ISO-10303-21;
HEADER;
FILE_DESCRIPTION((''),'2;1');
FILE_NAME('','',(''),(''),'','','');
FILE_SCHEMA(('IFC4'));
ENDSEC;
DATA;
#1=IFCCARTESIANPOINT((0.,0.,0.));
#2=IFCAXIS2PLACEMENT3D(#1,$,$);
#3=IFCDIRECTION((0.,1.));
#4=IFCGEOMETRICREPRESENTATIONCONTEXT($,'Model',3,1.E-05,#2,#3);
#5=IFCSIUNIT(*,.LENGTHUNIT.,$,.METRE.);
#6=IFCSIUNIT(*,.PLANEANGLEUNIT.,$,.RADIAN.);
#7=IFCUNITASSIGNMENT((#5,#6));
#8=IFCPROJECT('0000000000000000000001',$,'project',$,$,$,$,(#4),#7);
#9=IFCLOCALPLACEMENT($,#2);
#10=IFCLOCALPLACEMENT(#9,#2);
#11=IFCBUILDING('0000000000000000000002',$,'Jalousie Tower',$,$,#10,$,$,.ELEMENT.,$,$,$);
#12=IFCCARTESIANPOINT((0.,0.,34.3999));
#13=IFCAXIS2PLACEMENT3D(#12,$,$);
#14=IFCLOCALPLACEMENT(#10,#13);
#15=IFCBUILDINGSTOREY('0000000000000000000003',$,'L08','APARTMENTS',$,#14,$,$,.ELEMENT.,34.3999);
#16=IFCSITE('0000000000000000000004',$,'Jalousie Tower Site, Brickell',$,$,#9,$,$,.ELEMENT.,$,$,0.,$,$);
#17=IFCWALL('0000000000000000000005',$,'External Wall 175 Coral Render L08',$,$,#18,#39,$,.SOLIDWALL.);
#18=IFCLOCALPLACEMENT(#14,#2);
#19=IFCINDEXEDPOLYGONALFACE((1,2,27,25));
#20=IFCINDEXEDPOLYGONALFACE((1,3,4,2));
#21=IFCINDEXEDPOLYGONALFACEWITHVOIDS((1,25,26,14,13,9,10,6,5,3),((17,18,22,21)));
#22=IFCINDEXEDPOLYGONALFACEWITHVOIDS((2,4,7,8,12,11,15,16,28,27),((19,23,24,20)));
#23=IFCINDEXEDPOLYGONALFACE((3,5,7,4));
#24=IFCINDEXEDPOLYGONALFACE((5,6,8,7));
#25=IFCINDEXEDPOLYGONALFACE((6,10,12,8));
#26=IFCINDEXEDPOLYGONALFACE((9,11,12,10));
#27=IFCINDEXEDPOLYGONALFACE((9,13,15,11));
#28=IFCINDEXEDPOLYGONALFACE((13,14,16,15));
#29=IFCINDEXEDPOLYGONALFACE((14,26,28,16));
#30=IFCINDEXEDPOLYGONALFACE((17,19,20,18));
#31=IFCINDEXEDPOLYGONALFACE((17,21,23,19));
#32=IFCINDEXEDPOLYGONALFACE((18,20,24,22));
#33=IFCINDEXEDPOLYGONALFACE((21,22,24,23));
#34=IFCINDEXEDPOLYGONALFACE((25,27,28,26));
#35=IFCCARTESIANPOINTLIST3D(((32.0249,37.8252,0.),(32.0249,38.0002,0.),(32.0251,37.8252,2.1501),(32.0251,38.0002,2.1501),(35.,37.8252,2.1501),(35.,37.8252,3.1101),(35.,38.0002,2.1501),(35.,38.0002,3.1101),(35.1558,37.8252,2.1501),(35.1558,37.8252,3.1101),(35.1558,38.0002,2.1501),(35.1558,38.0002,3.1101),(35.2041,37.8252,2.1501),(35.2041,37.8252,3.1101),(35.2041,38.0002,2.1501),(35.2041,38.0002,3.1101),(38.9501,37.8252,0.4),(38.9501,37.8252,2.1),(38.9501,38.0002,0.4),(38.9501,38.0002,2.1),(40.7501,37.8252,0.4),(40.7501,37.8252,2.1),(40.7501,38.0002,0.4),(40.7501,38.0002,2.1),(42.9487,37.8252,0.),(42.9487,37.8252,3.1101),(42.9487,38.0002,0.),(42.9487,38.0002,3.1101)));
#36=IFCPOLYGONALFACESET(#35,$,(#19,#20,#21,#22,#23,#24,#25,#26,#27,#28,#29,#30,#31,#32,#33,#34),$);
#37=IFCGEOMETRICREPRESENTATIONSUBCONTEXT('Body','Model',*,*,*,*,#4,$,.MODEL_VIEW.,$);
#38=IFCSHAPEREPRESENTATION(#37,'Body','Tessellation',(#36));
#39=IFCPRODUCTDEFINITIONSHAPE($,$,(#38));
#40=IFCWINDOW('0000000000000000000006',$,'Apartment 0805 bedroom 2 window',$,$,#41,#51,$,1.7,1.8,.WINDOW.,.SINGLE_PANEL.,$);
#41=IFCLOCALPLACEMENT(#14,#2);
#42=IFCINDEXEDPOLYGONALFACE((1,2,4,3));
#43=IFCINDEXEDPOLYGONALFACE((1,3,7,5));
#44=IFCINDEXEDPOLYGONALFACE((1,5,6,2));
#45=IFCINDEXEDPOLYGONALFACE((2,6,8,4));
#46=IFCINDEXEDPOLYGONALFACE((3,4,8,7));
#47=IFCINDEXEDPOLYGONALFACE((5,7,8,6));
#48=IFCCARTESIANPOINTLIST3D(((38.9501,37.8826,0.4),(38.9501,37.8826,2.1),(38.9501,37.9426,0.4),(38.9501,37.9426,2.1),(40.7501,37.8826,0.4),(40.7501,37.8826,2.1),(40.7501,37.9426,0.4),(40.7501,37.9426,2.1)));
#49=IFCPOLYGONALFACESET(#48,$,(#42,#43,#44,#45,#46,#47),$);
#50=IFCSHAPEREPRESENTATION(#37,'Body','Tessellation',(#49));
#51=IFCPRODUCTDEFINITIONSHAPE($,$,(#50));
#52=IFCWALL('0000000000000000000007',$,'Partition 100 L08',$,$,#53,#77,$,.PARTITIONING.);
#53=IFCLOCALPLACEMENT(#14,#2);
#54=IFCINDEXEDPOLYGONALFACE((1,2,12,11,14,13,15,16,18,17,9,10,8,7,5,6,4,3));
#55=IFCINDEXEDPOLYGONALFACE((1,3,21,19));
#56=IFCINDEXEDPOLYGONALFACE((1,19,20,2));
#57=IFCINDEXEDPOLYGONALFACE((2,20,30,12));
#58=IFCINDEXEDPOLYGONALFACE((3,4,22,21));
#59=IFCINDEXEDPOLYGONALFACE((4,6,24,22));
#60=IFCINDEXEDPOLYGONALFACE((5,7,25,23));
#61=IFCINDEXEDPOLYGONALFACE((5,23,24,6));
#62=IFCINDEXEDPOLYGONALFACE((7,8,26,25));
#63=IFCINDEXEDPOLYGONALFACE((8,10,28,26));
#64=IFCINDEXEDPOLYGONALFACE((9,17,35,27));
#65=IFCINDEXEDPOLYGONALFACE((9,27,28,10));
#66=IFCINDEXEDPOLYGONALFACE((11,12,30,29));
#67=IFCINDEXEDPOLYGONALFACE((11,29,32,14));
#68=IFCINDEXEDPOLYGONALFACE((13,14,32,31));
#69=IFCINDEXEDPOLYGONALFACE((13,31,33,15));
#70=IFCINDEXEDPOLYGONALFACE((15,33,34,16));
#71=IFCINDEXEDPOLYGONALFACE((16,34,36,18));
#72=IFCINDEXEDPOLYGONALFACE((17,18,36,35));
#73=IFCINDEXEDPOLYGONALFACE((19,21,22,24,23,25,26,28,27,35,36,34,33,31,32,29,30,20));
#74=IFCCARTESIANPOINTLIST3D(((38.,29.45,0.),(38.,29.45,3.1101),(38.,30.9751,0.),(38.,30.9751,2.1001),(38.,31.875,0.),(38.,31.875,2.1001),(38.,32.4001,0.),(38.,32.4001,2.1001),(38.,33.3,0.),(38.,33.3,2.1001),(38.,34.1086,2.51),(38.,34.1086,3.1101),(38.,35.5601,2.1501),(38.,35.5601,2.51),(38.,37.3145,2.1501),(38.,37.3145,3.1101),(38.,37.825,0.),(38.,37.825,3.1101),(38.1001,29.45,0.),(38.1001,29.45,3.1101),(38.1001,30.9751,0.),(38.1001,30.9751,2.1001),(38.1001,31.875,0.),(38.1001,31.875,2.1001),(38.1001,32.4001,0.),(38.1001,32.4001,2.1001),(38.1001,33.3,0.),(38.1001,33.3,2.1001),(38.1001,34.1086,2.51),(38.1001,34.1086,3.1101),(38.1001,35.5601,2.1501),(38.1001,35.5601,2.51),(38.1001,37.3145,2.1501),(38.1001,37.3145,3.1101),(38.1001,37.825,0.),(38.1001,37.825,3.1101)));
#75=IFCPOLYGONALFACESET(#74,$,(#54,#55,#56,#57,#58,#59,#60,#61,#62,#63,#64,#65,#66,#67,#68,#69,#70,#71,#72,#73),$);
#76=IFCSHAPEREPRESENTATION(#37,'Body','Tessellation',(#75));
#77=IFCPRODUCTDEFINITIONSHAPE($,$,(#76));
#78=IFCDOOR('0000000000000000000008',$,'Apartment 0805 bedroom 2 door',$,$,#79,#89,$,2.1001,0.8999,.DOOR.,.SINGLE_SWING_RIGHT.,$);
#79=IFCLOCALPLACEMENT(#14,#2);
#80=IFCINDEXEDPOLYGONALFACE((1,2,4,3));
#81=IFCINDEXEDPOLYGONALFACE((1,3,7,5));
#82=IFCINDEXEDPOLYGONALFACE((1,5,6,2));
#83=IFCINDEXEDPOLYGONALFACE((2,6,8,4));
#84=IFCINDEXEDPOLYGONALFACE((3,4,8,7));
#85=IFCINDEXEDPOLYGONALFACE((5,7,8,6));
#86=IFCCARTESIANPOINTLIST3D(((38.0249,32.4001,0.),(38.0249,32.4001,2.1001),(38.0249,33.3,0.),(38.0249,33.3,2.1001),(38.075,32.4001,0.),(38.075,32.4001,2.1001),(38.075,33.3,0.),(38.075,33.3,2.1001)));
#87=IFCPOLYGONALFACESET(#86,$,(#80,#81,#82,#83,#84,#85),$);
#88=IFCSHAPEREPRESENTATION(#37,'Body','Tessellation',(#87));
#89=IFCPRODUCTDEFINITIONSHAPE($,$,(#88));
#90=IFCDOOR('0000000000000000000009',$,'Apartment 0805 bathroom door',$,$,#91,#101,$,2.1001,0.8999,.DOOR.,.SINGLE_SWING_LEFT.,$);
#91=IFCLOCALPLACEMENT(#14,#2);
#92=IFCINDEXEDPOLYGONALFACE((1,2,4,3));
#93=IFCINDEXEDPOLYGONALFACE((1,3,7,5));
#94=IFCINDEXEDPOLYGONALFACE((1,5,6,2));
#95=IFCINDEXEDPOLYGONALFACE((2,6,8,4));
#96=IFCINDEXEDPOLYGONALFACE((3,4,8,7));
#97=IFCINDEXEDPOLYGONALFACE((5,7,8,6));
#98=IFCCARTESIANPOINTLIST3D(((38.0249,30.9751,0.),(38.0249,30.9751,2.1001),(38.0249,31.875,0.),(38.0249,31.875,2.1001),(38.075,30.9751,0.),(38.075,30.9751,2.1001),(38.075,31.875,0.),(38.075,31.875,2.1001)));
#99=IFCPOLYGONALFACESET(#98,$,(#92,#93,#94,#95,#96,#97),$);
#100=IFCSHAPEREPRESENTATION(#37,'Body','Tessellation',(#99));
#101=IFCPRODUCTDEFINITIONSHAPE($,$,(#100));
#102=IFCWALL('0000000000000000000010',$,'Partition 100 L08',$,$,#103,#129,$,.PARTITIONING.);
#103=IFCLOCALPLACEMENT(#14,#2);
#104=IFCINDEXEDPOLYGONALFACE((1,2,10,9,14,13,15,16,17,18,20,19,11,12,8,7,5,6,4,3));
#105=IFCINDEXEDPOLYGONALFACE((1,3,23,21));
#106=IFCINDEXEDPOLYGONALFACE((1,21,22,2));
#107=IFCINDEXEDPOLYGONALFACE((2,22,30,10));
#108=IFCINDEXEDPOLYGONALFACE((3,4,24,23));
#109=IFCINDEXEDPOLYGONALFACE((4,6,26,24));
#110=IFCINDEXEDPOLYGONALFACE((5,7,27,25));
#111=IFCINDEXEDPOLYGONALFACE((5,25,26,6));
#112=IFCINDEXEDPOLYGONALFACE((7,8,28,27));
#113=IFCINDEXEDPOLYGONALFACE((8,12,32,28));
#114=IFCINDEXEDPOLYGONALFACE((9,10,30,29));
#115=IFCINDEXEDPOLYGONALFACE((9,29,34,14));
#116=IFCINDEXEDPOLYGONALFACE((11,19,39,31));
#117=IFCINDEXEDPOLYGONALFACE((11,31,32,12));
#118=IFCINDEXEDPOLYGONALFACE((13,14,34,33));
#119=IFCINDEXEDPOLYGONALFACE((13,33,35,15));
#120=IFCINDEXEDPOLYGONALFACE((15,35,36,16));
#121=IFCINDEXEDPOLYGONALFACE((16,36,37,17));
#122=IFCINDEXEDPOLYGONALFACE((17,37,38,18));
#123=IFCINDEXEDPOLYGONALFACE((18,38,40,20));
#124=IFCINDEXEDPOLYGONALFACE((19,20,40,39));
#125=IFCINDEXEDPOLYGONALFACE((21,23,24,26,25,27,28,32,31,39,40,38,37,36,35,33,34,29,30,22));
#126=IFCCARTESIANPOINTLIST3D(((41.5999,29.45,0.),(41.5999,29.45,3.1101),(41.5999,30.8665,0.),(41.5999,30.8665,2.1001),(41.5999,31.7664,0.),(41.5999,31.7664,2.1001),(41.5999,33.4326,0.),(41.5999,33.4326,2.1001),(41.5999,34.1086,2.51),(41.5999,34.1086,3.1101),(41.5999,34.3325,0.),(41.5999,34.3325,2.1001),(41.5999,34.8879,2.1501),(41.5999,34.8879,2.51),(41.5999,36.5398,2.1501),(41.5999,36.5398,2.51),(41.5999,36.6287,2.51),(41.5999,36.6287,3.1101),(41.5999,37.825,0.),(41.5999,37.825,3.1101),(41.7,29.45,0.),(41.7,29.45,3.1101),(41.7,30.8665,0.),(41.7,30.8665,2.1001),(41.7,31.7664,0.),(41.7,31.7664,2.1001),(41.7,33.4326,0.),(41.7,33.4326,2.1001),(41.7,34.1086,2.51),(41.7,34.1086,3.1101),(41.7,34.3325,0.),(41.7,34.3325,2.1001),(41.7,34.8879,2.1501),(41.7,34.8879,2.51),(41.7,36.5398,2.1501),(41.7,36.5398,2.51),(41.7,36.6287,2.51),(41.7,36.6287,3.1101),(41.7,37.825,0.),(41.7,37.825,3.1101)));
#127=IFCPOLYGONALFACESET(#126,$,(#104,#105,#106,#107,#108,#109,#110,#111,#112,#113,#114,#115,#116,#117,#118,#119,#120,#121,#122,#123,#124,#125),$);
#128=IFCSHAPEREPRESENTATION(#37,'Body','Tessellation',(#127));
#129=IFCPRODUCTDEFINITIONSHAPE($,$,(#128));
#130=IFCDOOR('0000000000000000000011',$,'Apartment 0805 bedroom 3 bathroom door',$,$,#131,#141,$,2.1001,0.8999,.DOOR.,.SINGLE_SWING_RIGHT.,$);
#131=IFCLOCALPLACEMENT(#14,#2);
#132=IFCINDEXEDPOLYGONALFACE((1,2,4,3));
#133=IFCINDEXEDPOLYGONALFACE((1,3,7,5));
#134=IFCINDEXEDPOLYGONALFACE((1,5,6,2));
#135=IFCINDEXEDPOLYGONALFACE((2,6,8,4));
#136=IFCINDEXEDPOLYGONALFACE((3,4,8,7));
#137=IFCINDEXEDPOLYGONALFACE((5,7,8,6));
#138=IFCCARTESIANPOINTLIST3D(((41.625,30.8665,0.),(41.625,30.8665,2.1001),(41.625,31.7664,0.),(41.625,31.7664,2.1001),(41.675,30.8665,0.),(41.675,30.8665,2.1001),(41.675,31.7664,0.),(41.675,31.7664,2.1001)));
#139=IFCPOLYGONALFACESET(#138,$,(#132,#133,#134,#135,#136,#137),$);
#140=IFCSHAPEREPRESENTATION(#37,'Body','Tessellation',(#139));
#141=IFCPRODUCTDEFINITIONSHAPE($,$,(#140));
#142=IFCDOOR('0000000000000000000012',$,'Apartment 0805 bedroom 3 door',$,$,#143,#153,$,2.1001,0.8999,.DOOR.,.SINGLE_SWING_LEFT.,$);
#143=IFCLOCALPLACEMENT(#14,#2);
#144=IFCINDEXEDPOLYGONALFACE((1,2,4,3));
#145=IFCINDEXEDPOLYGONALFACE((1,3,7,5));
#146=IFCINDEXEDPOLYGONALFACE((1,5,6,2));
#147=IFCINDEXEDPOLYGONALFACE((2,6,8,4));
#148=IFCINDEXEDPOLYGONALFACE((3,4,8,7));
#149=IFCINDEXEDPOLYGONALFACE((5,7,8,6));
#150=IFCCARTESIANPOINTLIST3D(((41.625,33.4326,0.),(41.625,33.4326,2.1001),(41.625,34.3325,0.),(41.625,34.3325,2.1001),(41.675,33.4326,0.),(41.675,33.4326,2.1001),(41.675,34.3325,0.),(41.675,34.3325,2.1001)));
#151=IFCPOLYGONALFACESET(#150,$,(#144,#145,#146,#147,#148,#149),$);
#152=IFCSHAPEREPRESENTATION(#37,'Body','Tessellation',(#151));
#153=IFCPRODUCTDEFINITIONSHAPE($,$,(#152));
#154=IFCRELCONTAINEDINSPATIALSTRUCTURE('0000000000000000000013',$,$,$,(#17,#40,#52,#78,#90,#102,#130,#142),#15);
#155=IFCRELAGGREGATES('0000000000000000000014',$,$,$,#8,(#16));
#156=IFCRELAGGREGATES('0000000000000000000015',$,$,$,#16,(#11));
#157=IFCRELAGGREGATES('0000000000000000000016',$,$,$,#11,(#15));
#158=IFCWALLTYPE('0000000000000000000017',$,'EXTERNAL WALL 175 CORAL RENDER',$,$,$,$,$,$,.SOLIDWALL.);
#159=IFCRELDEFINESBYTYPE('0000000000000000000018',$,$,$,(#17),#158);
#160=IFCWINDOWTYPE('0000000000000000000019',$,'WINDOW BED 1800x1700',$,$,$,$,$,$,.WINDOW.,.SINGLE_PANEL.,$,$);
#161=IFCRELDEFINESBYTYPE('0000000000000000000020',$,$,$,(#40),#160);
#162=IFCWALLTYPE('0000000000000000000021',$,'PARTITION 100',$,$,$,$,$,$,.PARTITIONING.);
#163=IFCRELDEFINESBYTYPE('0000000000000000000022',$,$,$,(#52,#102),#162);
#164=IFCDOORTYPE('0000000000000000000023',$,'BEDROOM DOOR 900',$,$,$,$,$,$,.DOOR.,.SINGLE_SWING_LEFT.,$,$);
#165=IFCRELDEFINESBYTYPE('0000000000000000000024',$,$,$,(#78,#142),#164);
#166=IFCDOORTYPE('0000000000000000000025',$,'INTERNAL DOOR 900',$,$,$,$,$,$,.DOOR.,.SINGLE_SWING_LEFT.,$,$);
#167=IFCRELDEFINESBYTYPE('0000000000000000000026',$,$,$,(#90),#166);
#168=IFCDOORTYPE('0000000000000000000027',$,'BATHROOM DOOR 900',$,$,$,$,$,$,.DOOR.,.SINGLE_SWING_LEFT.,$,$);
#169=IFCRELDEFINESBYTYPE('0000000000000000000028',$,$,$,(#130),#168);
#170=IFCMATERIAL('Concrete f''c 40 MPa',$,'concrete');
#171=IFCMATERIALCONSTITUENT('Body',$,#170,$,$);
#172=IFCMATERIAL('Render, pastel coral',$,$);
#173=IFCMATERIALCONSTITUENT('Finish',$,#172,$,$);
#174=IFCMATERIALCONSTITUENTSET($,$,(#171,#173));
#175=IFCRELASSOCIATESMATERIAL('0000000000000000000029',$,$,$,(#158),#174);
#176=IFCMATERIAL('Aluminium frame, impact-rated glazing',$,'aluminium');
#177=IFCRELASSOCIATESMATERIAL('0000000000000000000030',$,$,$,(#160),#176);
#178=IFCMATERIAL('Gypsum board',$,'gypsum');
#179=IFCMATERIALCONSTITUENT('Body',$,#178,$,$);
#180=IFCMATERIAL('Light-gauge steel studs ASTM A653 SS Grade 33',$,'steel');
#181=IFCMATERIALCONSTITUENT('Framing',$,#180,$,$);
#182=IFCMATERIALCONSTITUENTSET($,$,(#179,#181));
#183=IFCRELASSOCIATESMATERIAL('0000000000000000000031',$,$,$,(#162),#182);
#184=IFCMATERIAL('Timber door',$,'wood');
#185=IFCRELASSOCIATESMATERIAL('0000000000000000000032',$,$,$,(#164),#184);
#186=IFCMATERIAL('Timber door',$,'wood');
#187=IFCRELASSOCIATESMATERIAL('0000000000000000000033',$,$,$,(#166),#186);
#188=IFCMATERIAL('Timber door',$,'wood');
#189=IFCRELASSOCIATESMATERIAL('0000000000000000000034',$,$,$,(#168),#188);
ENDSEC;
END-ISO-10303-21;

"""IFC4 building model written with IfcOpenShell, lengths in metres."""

from ifc_helpers import new_model, si_unit, direction, frame, frame_2d, origin, place, context, subcontext, project, spatial, polyline, rectangle, outline, extrude, material, constituent, constituent_set, type_object, element, fill, save


model = new_model("IFC4")

# Units and contexts
model_context = context("Model", 3, precision=1e-05, world=origin(), true_north=direction((0.0, 1.0)))
body_context = subcontext(model_context, "Body", "Model", "MODEL_VIEW")
ifc_project = project(units=[si_unit("LENGTHUNIT", "METRE"), si_unit("PLANEANGLEUNIT", "RADIAN")], contexts=[model_context])

# Site, building, storey
site_placement = place(None, origin())
site = spatial("IfcSite", under=ifc_project, at=site_placement, Name="Jalousie Tower Site, Brickell", CompositionType="ELEMENT", RefElevation=0.0)
building_placement = place(site_placement, origin())
building = spatial("IfcBuilding", under=site, at=building_placement, Name="Jalousie Tower", CompositionType="ELEMENT")
storey_placement = place(building_placement, frame((0.0, 0.0, 34.3999)))
storey = spatial("IfcBuildingStorey", under=building, at=storey_placement, Name="L08", Description="APARTMENTS", CompositionType="ELEMENT", Elevation=34.3999)

# Wall, opening, window
ifc_material_1 = material(Name="Concrete f'c 40 MPa", Category="concrete")
ifc_constituent_1 = constituent(ifc_material_1, Name="Body")
ifc_material_2 = material(Name="Render, pastel coral")
ifc_constituent_2 = constituent(ifc_material_2, Name="Finish")
ifc_constituent_set_1 = constituent_set(constituents=[ifc_constituent_1, ifc_constituent_2])
wall_type_1 = type_object("IfcWallType", Name="EXTERNAL WALL 175 CORAL RENDER", PredefinedType="SOLIDWALL", material=ifc_constituent_set_1)
wall_1_placement = place(storey_placement, frame((42.9487, 37.9126, 0.0), z_axis=(0.0, 0.0, 1.0), x_axis=(-1.0, 0.0, 0.0)))
wall_1 = element("IfcWall", 1, at=wall_1_placement, inside=storey, type_object=wall_type_1, Name="External Wall 175 Coral Render L08", PredefinedType="SOLIDWALL", context=body_context, shape_type="SweptSolid", body=[
    extrude(outline(polyline([(0.0, 0.0), (10.9238, 0.0), (10.9236, 2.1501), (7.9487, 2.1501), (7.9487, 3.1101), (7.793, 3.1101), (7.793, 2.1501), (7.7446, 2.1501), (7.7446, 3.1101), (0.0, 3.1101), (0.0, 0.0)])), frame((0.0, 0.0874, 0.0), z_axis=(0.0, -1.0, 0.0), x_axis=(1.0, 0.0, 0.0)), (0.0, 0.0, 1.0), 0.175),
])
opening_1_placement = place(wall_1_placement, frame((2.1987, 0.0, 0.3999)))
opening_1 = element("IfcOpeningElement", 2, at=opening_1_placement, cuts=wall_1, PredefinedType="OPENING", context=body_context, shape_type="SweptSolid", body=[
    extrude(rectangle(XDim=1.8, YDim=1.7, at=frame_2d((0.8999, 0.8501))), frame((0.0, 0.0974, 0.0), z_axis=(0.0, -1.0, 0.0), x_axis=(1.0, 0.0, 0.0)), (0.0, 0.0, 1.0), 0.1951),
])
ifc_material_3 = material(Name="Aluminium frame, impact-rated glazing", Category="aluminium")
window_type = type_object("IfcWindowType", Name="WINDOW BED 1800x1700", PartitioningType="SINGLE_PANEL", PredefinedType="WINDOW", material=ifc_material_3)
window_placement = place(opening_1_placement, origin())
window = element("IfcWindow", 3, at=window_placement, inside=storey, type_object=window_type, Name="Apartment 0805 bedroom 2 window", OverallHeight=1.7, OverallWidth=1.8, PartitioningType="SINGLE_PANEL", PredefinedType="WINDOW", context=body_context, shape_type="SweptSolid", body=[
    extrude(rectangle(XDim=1.8, YDim=1.7, at=frame_2d((0.8999, 0.8501))), frame((0.0, 0.03, 0.0), z_axis=(0.0, -1.0, 0.0), x_axis=(1.0, 0.0, 0.0)), (0.0, 0.0, 1.0), 0.0601),
])
fill(opening_1, window)

# Walls, openings, doors
ifc_material_4 = material(Name="Gypsum board", Category="gypsum")
ifc_constituent_3 = constituent(ifc_material_4, Name="Body")
ifc_material_5 = material(Name="Light-gauge steel studs ASTM A653 SS Grade 33", Category="steel")
ifc_constituent_4 = constituent(ifc_material_5, Name="Framing")
ifc_constituent_set_2 = constituent_set(constituents=[ifc_constituent_3, ifc_constituent_4])
wall_type_2 = type_object("IfcWallType", Name="PARTITION 100", PredefinedType="PARTITIONING", material=ifc_constituent_set_2)
wall_2_placement = place(storey_placement, frame((38.05, 37.825, 0.0), z_axis=(0.0, 0.0, 1.0), x_axis=(0.0, -1.0, 0.0)))
wall_2 = element("IfcWall", 4, at=wall_2_placement, inside=storey, type_object=wall_type_2, Name="Partition 100 L08", PredefinedType="PARTITIONING", context=body_context, shape_type="SweptSolid", body=[
    extrude(outline(polyline([(0.0, 0.0), (8.375, 0.0), (8.375, 3.1101), (3.7163, 3.1101), (3.7163, 2.51), (2.2649, 2.51), (2.2649, 2.1501), (0.5105, 2.1501), (0.5105, 3.1101), (0.0, 3.1101), (0.0, 0.0)])), frame((0.0, 0.05, 0.0), z_axis=(0.0, -1.0, 0.0), x_axis=(1.0, 0.0, 0.0)), (0.0, 0.0, 1.0), 0.1001),
])
opening_2_placement = place(wall_2_placement, frame((4.5249, 0.0, 0.0)))
opening_2 = element("IfcOpeningElement", 5, at=opening_2_placement, cuts=wall_2, PredefinedType="OPENING", context=body_context, shape_type="SweptSolid", body=[
    extrude(rectangle(XDim=0.8999, YDim=2.1001, at=frame_2d((0.45, 1.05))), frame((0.0, 0.0601, 0.0), z_axis=(0.0, -1.0, 0.0), x_axis=(1.0, 0.0, 0.0)), (0.0, 0.0, 1.0), 0.1201),
])
opening_3_placement = place(wall_2_placement, frame((5.95, 0.0, 0.0)))
opening_3 = element("IfcOpeningElement", 6, at=opening_3_placement, cuts=wall_2, PredefinedType="OPENING", context=body_context, shape_type="SweptSolid", body=[
    extrude(rectangle(XDim=0.8999, YDim=2.1001, at=frame_2d((0.45, 1.05))), frame((0.0, 0.0601, 0.0), z_axis=(0.0, -1.0, 0.0), x_axis=(1.0, 0.0, 0.0)), (0.0, 0.0, 1.0), 0.1201),
])
ifc_material_6 = material(Name="Timber door", Category="wood")
door_type_1 = type_object("IfcDoorType", Name="BEDROOM DOOR 900", OperationType="SINGLE_SWING_LEFT", PredefinedType="DOOR", material=ifc_material_6)
door_1_placement = place(opening_2_placement, origin())
door_1 = element("IfcDoor", 7, at=door_1_placement, inside=storey, type_object=door_type_1, Name="Apartment 0805 bedroom 2 door", OperationType="SINGLE_SWING_RIGHT", OverallHeight=2.1001, OverallWidth=0.8999, PredefinedType="DOOR", context=body_context, shape_type="SweptSolid", body=[
    extrude(rectangle(XDim=0.8999, YDim=2.1001, at=frame_2d((0.45, 1.05))), frame((0.0, 0.0249, 0.0), z_axis=(0.0, -1.0, 0.0), x_axis=(1.0, 0.0, 0.0)), (0.0, 0.0, 1.0), 0.05),
])
fill(opening_2, door_1)
ifc_material_7 = material(Name="Timber door", Category="wood")
door_type_2 = type_object("IfcDoorType", Name="INTERNAL DOOR 900", OperationType="SINGLE_SWING_LEFT", PredefinedType="DOOR", material=ifc_material_7)
door_2_placement = place(opening_3_placement, origin())
door_2 = element("IfcDoor", 8, at=door_2_placement, inside=storey, type_object=door_type_2, Name="Apartment 0805 bathroom door", OperationType="SINGLE_SWING_LEFT", OverallHeight=2.1001, OverallWidth=0.8999, PredefinedType="DOOR", context=body_context, shape_type="SweptSolid", body=[
    extrude(rectangle(XDim=0.8999, YDim=2.1001, at=frame_2d((0.45, 1.05))), frame((0.0, 0.0249, 0.0), z_axis=(0.0, -1.0, 0.0), x_axis=(1.0, 0.0, 0.0)), (0.0, 0.0, 1.0), 0.05),
])
fill(opening_3, door_2)
wall_3_placement = place(storey_placement, frame((41.6499, 37.825, 0.0), z_axis=(0.0, 0.0, 1.0), x_axis=(0.0, -1.0, 0.0)))
wall_3 = element("IfcWall", 9, at=wall_3_placement, inside=storey, type_object=wall_type_2, Name="Partition 100 L08", PredefinedType="PARTITIONING", context=body_context, shape_type="SweptSolid", body=[
    extrude(outline(polyline([(0.0, 0.0), (8.375, 0.0), (8.375, 3.1101), (3.7163, 3.1101), (3.7163, 2.51), (2.937, 2.51), (2.937, 2.1501), (1.2852, 2.1501), (1.2852, 2.51), (1.1963, 2.51), (1.1963, 3.1101), (0.0, 3.1101), (0.0, 0.0)])), frame((0.0, 0.05, 0.0), z_axis=(0.0, -1.0, 0.0), x_axis=(1.0, 0.0, 0.0)), (0.0, 0.0, 1.0), 0.1001),
])
opening_4_placement = place(wall_3_placement, frame((3.4924, 0.0, 0.0)))
opening_4 = element("IfcOpeningElement", 10, at=opening_4_placement, cuts=wall_3, PredefinedType="OPENING", context=body_context, shape_type="SweptSolid", body=[
    extrude(rectangle(XDim=0.8999, YDim=2.1001, at=frame_2d((0.45, 1.05))), frame((0.0, 0.0601, 0.0), z_axis=(0.0, -1.0, 0.0), x_axis=(1.0, 0.0, 0.0)), (0.0, 0.0, 1.0), 0.1201),
])
opening_5_placement = place(wall_3_placement, frame((6.0586, 0.0, 0.0)))
opening_5 = element("IfcOpeningElement", 11, at=opening_5_placement, cuts=wall_3, PredefinedType="OPENING", context=body_context, shape_type="SweptSolid", body=[
    extrude(rectangle(XDim=0.8999, YDim=2.1001, at=frame_2d((0.45, 1.05))), frame((0.0, 0.0601, 0.0), z_axis=(0.0, -1.0, 0.0), x_axis=(1.0, 0.0, 0.0)), (0.0, 0.0, 1.0), 0.1201),
])
ifc_material_8 = material(Name="Timber door", Category="wood")
door_type_3 = type_object("IfcDoorType", Name="BATHROOM DOOR 900", OperationType="SINGLE_SWING_LEFT", PredefinedType="DOOR", material=ifc_material_8)
door_3_placement = place(opening_5_placement, frame((0.8999, 0.0, 0.0), z_axis=(0.0, 0.0, 1.0), x_axis=(-1.0, 0.0, 0.0)))
door_3 = element("IfcDoor", 12, at=door_3_placement, inside=storey, type_object=door_type_3, Name="Apartment 0805 bedroom 3 bathroom door", OperationType="SINGLE_SWING_RIGHT", OverallHeight=2.1001, OverallWidth=0.8999, PredefinedType="DOOR", context=body_context, shape_type="SweptSolid", body=[
    extrude(rectangle(XDim=0.8999, YDim=2.1001, at=frame_2d((0.45, 1.05))), frame((0.0, 0.0249, 0.0), z_axis=(0.0, -1.0, 0.0), x_axis=(1.0, 0.0, 0.0)), (0.0, 0.0, 1.0), 0.05),
])
fill(opening_5, door_3)
door_4_placement = place(opening_4_placement, frame((0.8999, 0.0, 0.0), z_axis=(0.0, 0.0, 1.0), x_axis=(-1.0, 0.0, 0.0)))
door_4 = element("IfcDoor", 13, at=door_4_placement, inside=storey, type_object=door_type_1, Name="Apartment 0805 bedroom 3 door", OperationType="SINGLE_SWING_LEFT", OverallHeight=2.1001, OverallWidth=0.8999, PredefinedType="DOOR", context=body_context, shape_type="SweptSolid", body=[
    extrude(rectangle(XDim=0.8999, YDim=2.1001, at=frame_2d((0.45, 1.05))), frame((0.0, 0.0249, 0.0), z_axis=(0.0, -1.0, 0.0), x_axis=(1.0, 0.0, 0.0)), (0.0, 0.0, 1.0), 0.05),
])
fill(opening_4, door_4)

save(model, "model.ifc")
